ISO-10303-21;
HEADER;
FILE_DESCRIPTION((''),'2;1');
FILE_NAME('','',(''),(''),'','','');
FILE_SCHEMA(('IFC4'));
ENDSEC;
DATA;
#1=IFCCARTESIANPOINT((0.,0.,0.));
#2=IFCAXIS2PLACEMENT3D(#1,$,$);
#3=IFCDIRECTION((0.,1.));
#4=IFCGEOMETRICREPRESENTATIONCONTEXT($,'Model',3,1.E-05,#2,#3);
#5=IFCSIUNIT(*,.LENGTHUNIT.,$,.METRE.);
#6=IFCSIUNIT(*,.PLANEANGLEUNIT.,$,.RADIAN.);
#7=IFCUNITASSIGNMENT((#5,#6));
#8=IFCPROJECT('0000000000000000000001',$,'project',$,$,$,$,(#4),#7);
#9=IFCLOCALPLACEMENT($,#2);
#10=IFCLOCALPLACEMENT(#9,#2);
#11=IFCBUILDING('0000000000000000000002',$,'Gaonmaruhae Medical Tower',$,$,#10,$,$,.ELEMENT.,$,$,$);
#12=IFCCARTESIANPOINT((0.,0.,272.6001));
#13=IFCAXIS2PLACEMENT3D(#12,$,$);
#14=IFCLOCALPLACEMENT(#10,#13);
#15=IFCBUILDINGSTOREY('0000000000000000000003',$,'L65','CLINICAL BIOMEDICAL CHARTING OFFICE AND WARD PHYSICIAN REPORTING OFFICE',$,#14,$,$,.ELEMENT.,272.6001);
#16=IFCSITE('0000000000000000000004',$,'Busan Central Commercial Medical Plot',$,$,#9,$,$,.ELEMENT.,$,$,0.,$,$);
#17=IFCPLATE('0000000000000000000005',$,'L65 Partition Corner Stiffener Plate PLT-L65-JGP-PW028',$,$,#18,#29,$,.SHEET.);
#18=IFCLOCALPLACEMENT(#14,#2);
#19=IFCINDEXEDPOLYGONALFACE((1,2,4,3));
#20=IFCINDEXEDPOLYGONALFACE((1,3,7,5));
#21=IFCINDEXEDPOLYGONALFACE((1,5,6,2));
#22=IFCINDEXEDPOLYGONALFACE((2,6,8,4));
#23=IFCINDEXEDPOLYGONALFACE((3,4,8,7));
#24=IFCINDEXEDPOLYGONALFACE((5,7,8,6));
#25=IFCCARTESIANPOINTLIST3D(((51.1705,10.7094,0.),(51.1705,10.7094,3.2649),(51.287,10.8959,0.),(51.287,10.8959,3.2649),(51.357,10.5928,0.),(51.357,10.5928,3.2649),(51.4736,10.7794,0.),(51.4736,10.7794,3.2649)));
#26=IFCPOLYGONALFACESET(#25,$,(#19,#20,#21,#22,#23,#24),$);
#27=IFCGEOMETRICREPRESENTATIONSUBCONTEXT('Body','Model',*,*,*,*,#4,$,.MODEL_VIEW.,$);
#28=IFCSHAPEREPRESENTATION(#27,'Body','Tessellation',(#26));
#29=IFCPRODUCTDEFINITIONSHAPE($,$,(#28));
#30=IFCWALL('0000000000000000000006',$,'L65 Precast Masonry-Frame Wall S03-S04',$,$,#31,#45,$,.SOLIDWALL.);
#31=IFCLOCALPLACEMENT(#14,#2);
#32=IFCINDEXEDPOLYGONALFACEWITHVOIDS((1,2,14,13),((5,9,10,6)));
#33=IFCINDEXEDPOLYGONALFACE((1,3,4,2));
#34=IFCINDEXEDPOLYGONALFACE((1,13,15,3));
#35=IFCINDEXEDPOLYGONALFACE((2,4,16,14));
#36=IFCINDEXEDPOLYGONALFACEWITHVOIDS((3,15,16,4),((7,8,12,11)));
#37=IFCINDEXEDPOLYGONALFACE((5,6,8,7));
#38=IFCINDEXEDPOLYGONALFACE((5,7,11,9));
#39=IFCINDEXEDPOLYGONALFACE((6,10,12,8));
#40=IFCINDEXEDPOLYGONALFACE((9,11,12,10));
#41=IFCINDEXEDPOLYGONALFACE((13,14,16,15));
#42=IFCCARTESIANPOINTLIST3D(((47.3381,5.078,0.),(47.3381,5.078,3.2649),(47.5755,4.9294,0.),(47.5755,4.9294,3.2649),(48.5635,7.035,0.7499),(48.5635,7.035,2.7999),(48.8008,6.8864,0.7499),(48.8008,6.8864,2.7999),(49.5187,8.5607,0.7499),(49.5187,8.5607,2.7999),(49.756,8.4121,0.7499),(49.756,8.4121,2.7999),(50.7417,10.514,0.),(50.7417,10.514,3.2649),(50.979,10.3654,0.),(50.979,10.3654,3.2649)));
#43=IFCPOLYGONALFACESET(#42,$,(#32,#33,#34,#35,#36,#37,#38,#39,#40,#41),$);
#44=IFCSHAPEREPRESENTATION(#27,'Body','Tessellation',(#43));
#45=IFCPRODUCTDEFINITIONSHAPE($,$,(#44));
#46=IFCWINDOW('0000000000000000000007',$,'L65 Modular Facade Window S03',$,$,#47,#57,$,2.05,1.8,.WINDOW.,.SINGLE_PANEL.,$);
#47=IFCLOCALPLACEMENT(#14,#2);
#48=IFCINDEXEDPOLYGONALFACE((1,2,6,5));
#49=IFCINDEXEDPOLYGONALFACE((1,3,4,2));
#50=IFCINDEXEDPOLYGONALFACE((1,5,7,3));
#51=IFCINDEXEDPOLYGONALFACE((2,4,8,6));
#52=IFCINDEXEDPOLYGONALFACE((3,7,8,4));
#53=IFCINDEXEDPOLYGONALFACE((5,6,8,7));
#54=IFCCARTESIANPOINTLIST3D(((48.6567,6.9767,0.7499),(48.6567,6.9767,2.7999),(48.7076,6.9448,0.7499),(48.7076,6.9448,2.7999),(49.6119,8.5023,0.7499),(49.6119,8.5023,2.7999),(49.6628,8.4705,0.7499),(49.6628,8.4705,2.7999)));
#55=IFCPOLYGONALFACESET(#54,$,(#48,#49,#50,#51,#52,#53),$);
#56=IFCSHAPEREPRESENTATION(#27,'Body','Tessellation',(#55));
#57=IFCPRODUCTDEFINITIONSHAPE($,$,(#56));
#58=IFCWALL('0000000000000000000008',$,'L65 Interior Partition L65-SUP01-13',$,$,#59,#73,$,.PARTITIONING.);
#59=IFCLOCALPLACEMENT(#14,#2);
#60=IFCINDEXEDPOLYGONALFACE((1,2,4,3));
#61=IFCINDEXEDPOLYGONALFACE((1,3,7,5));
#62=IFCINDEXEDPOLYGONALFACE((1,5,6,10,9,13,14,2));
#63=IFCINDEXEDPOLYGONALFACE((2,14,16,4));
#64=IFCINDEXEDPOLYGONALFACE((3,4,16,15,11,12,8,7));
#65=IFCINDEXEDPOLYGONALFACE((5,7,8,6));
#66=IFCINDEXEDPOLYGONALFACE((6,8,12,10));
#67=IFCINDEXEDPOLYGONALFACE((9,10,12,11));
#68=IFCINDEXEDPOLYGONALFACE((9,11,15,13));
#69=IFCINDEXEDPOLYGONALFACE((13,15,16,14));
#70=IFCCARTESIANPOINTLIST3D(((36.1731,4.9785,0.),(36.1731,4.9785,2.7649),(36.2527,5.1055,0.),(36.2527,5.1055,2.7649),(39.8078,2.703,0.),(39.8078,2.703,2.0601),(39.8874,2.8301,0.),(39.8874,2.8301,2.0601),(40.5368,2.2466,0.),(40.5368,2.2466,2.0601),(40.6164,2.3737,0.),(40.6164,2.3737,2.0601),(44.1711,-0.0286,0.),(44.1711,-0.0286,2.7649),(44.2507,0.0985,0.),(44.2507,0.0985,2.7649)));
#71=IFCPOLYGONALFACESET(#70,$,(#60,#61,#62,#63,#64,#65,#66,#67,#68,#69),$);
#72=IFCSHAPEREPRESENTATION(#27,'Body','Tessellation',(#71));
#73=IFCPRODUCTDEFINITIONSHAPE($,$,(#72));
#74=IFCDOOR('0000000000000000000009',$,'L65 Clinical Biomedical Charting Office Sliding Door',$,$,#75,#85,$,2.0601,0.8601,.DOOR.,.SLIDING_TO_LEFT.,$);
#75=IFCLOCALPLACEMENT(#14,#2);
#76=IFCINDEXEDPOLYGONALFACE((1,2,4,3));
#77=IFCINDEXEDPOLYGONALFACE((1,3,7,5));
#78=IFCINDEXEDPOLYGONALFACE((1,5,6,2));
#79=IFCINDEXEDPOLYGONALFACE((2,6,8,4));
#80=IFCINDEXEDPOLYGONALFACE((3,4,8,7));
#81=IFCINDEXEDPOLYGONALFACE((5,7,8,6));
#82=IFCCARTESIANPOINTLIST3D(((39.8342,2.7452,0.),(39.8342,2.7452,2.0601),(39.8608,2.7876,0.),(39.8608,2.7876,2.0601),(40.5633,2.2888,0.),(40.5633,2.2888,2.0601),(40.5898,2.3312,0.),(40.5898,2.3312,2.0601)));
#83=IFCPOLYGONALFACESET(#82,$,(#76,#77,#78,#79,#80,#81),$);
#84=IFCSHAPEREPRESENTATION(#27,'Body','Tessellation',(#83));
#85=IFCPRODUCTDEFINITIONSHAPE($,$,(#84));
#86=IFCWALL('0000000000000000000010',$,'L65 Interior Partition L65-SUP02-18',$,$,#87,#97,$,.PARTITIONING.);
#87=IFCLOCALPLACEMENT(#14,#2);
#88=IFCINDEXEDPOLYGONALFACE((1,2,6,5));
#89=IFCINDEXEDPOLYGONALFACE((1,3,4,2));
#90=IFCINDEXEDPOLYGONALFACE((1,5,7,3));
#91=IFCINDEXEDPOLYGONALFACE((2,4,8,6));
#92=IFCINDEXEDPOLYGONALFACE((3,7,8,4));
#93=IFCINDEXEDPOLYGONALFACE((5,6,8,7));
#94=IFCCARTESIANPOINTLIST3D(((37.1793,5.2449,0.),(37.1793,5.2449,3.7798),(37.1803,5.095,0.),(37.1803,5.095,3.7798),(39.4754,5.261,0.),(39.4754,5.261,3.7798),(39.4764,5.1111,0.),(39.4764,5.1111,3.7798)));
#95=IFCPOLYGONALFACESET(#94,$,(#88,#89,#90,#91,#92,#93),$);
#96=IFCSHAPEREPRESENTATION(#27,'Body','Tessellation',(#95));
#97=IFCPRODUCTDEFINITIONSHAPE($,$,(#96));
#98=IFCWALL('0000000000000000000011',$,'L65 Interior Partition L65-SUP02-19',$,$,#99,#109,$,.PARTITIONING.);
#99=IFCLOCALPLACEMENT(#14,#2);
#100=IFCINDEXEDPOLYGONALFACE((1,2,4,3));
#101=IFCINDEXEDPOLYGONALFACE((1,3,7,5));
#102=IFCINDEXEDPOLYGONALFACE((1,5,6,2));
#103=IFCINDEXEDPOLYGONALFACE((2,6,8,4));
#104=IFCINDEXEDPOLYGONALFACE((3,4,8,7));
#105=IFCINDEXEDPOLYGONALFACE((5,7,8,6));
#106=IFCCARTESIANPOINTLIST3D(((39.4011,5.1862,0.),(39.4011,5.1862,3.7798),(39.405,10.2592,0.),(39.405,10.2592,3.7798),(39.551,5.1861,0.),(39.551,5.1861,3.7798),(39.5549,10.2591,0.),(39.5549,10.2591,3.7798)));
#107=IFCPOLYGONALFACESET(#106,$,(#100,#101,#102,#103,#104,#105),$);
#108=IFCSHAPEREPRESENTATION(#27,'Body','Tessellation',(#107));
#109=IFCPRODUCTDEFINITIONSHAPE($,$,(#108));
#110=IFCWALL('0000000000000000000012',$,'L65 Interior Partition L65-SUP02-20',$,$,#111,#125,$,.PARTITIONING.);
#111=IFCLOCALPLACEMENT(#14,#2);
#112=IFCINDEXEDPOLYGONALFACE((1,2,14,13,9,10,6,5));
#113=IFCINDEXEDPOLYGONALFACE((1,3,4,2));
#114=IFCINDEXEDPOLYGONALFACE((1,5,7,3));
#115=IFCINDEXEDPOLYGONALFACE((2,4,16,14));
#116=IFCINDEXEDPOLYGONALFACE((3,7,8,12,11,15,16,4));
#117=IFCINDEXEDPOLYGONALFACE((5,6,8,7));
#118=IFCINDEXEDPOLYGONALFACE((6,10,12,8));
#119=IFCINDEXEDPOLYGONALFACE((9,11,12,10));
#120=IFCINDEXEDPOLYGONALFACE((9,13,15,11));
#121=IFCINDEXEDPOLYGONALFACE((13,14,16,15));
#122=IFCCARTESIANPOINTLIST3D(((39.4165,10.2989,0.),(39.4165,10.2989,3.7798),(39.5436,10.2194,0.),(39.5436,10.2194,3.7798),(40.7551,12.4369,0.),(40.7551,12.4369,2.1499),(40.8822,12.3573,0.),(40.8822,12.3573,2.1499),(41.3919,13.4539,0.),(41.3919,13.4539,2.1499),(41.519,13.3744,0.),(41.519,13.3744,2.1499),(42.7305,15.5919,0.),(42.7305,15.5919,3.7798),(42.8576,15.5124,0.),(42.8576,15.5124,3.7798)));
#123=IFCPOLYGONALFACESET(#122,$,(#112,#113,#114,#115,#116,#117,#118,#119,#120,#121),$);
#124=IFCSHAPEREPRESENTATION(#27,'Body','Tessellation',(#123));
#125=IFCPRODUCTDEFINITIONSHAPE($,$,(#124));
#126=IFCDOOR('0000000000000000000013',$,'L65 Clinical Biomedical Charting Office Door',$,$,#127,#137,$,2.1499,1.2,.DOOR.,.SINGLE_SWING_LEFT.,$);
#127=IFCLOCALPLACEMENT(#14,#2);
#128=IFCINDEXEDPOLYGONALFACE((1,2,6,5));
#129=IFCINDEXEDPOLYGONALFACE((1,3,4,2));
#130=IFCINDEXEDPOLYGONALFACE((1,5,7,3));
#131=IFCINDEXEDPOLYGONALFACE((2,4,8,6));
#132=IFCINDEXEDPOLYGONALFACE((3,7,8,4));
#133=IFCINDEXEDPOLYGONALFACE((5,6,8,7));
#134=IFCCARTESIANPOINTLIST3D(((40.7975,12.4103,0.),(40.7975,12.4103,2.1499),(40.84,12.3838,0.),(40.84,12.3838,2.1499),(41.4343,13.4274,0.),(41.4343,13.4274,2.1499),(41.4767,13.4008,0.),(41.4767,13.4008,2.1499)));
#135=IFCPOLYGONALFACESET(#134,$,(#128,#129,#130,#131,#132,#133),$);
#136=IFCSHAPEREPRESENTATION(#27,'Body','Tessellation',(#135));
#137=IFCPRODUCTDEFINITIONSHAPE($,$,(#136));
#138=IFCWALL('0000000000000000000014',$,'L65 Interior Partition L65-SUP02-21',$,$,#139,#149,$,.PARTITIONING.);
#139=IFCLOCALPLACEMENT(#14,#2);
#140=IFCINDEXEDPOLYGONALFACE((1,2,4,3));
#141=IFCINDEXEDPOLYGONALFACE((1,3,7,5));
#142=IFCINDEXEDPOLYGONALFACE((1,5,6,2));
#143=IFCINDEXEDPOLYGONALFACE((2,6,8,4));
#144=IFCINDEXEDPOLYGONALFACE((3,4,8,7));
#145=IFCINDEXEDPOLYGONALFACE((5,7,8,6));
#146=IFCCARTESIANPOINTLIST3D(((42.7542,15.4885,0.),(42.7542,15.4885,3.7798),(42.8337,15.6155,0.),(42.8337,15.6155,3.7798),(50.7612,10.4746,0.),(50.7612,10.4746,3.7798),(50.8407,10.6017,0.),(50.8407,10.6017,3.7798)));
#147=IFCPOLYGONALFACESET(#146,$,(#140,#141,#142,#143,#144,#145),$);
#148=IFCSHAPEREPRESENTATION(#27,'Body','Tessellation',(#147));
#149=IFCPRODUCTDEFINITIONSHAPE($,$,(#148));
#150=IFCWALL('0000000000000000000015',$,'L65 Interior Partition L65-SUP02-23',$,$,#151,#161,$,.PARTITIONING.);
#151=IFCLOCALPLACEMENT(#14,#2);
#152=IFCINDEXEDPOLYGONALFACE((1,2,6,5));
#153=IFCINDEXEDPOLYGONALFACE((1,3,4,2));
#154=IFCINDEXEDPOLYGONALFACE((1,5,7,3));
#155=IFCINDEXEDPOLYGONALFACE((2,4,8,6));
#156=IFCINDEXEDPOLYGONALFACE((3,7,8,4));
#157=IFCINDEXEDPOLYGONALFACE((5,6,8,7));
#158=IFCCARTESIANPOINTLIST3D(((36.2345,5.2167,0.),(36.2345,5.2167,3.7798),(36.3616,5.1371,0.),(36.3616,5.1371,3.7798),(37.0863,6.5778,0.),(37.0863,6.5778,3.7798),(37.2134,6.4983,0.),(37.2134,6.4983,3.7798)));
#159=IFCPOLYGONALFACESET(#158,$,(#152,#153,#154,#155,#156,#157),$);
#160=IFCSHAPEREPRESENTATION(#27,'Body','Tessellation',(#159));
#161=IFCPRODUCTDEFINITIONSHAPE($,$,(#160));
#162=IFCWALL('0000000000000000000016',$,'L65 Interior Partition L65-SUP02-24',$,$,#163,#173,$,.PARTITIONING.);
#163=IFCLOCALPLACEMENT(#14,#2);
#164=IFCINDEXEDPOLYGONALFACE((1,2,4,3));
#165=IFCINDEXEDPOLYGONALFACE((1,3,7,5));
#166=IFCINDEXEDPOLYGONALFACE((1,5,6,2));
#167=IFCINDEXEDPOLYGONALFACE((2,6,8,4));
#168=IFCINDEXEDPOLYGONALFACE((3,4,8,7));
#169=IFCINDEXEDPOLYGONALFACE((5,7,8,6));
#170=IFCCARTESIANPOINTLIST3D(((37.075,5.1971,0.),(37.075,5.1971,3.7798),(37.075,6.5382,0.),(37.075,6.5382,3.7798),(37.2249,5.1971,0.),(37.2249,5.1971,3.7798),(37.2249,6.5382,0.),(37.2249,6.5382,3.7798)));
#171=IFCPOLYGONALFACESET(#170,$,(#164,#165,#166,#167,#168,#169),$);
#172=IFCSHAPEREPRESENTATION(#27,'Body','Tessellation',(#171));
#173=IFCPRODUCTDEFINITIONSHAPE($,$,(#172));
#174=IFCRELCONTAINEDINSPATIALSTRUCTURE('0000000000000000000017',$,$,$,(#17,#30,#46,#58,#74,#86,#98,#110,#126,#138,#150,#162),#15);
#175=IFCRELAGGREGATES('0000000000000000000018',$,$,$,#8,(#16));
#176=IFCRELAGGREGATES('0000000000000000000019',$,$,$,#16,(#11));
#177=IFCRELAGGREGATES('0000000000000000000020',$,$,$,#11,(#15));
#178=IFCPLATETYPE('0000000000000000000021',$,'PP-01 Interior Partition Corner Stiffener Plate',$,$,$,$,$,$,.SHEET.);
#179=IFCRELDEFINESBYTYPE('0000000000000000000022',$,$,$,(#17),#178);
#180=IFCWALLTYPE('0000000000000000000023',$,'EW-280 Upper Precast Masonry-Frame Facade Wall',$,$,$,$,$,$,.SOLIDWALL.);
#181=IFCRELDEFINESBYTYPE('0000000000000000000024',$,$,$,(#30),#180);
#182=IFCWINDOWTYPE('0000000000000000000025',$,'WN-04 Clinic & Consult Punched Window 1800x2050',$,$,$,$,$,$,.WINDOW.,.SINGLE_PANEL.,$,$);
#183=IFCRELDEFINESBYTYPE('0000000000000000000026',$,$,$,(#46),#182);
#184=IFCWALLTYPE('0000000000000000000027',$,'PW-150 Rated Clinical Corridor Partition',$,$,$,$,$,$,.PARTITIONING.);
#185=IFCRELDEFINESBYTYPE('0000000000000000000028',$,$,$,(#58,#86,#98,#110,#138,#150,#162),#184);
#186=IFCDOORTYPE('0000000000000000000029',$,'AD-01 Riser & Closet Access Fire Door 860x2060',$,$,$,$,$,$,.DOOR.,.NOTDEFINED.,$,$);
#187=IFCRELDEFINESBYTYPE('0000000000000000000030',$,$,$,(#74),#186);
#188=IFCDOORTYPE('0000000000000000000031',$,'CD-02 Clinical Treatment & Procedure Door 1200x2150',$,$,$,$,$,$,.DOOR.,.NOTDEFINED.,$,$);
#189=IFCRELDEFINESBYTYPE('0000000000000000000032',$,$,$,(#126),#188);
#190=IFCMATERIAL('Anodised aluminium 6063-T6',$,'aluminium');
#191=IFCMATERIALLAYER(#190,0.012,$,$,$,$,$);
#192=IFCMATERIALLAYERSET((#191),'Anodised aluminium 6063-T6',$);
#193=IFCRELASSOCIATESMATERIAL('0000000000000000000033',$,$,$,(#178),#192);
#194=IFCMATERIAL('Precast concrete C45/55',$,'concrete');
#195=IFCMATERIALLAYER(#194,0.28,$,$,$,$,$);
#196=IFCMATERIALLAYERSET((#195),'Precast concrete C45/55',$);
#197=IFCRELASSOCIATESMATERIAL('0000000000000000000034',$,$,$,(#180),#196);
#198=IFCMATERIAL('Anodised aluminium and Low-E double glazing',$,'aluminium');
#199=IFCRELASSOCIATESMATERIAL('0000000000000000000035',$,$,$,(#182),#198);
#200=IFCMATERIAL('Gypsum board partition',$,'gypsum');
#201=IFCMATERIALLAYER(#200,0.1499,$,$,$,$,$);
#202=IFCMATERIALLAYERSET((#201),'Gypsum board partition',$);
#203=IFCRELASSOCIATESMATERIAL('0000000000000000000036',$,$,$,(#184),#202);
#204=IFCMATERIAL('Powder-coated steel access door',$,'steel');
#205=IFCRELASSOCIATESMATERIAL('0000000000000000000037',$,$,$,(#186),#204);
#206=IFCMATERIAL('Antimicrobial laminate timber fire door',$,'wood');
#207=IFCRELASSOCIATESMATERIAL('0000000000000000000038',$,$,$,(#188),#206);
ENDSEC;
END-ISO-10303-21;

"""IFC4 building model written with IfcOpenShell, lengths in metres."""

from ifc_helpers import new_model, si_unit, direction, frame, frame_2d, origin, origin_2d, place, context, subcontext, project, spatial, rectangle, extrude, material, layer, layer_set, type_object, element, fill, save


model = new_model("IFC4")

# Units and contexts
model_context = context("Model", 3, precision=1e-05, world=origin(), true_north=direction((0.0, 1.0)))
body_context = subcontext(model_context, "Body", "Model", "MODEL_VIEW")
ifc_project = project(units=[si_unit("LENGTHUNIT", "METRE"), si_unit("PLANEANGLEUNIT", "RADIAN")], contexts=[model_context])

# Site, building, storey
site_placement = place(None, origin())
site = spatial("IfcSite", under=ifc_project, at=site_placement, Name="Busan Central Commercial Medical Plot", CompositionType="ELEMENT", RefElevation=0.0)
building_placement = place(site_placement, origin())
building = spatial("IfcBuilding", under=site, at=building_placement, Name="Gaonmaruhae Medical Tower", CompositionType="ELEMENT")
storey_placement = place(building_placement, frame((0.0, 0.0, 272.6001)))
storey = spatial("IfcBuildingStorey", under=building, at=storey_placement, Name="L65", Description="CLINICAL BIOMEDICAL CHARTING OFFICE AND WARD PHYSICIAN REPORTING OFFICE", CompositionType="ELEMENT", Elevation=272.6001)

# Plate
ifc_material_1 = material(Name="Anodised aluminium 6063-T6", Category="aluminium")
ifc_layer_1 = layer(ifc_material_1, 0.012)
ifc_layer_set_1 = layer_set([ifc_layer_1], Name="Anodised aluminium 6063-T6")
plate_type = type_object("IfcPlateType", Name="PP-01 Interior Partition Corner Stiffener Plate", PredefinedType="SHEET", material=ifc_layer_set_1)
plate_placement = place(storey_placement, frame((51.322, 10.7444, 0.0), z_axis=(0.0, 0.0, 1.0), x_axis=(-0.529845, -0.848094, 0.0)))
element("IfcPlate", 1, at=plate_placement, inside=storey, type_object=plate_type, Name="L65 Partition Corner Stiffener Plate PLT-L65-JGP-PW028", PredefinedType="SHEET", context=body_context, shape_type="SweptSolid", body=[
    extrude(rectangle(XDim=0.22, YDim=0.22, at=origin_2d()), origin(), (0.0, 0.0, 1.0), 3.2649),
])

# Wall, opening, window
ifc_material_2 = material(Name="Precast concrete C45/55", Category="concrete")
ifc_layer_2 = layer(ifc_material_2, 0.28)
ifc_layer_set_2 = layer_set([ifc_layer_2], Name="Precast concrete C45/55")
wall_type_1 = type_object("IfcWallType", Name="EW-280 Upper Precast Masonry-Frame Facade Wall", PredefinedType="SOLIDWALL", material=ifc_layer_set_2)
wall_1_placement = place(storey_placement, frame((50.8604, 10.4397, 0.0), z_axis=(0.0, 0.0, 1.0), x_axis=(-0.530676, -0.847575, 0.0)))
wall_1 = element("IfcWall", 2, at=wall_1_placement, inside=storey, type_object=wall_type_1, Name="L65 Precast Masonry-Frame Wall S03-S04", PredefinedType="SOLIDWALL", context=body_context, shape_type="SweptSolid", body=[
    extrude(rectangle(XDim=6.4136, YDim=0.28, at=frame_2d((3.2068, 0.0))), origin(), (0.0, 0.0, 1.0), 3.2649),
])
opening_1_placement = place(wall_1_placement, frame((2.3047, 0.0, 0.75)))
opening_1 = element("IfcOpeningElement", 3, at=opening_1_placement, cuts=wall_1, PredefinedType="OPENING", context=body_context, shape_type="SweptSolid", body=[
    extrude(rectangle(XDim=1.8, YDim=2.05, at=frame_2d((0.8999, 1.0249))), frame((0.0, 0.1499, 0.0), z_axis=(0.0, -1.0, 0.0), x_axis=(1.0, 0.0, 0.0)), (0.0, 0.0, 1.0), 0.3),
])
ifc_material_3 = material(Name="Anodised aluminium and Low-E double glazing", Category="aluminium")
window_type = type_object("IfcWindowType", Name="WN-04 Clinic & Consult Punched Window 1800x2050", PartitioningType="SINGLE_PANEL", PredefinedType="WINDOW", material=ifc_material_3)
window_placement = place(opening_1_placement, origin())
window = element("IfcWindow", 4, at=window_placement, inside=storey, type_object=window_type, Name="L65 Modular Facade Window S03", OverallHeight=2.05, OverallWidth=1.8, PartitioningType="SINGLE_PANEL", PredefinedType="WINDOW", context=body_context, shape_type="SweptSolid", body=[
    extrude(rectangle(XDim=1.8, YDim=2.05, at=frame_2d((0.8999, 1.0249))), frame((0.0, 0.03, 0.0), z_axis=(0.0, -1.0, 0.0), x_axis=(1.0, 0.0, 0.0)), (0.0, 0.0, 1.0), 0.0601),
])
fill(opening_1, window)

# Wall, opening, door
ifc_material_4 = material(Name="Gypsum board partition", Category="gypsum")
ifc_layer_3 = layer(ifc_material_4, 0.1499)
ifc_layer_set_3 = layer_set([ifc_layer_3], Name="Gypsum board partition")
wall_type_2 = type_object("IfcWallType", Name="PW-150 Rated Clinical Corridor Partition", PredefinedType="PARTITIONING", material=ifc_layer_set_3)
wall_2_placement = place(storey_placement, frame((36.2129, 5.042, 0.0), z_axis=(0.0, 0.0, 1.0), x_axis=(0.847603, -0.530631, 0.0)))
wall_2 = element("IfcWall", 5, at=wall_2_placement, inside=storey, type_object=wall_type_2, Name="L65 Interior Partition L65-SUP01-13", PredefinedType="PARTITIONING", context=body_context, shape_type="SweptSolid", body=[
    extrude(rectangle(XDim=9.436, YDim=0.1499, at=frame_2d((4.718, 0.0))), origin(), (0.0, 0.0, 1.0), 2.7649),
])
opening_2_placement = place(wall_2_placement, frame((4.2881, 0.0, 0.0)))
opening_2 = element("IfcOpeningElement", 6, at=opening_2_placement, cuts=wall_2, PredefinedType="OPENING", context=body_context, shape_type="SweptSolid", body=[
    extrude(rectangle(XDim=0.8601, YDim=2.0601, at=frame_2d((0.4302, 1.03))), frame((0.0, 0.085, 0.0), z_axis=(0.0, -1.0, 0.0), x_axis=(1.0, 0.0, 0.0)), (0.0, 0.0, 1.0), 0.1699),
])
ifc_material_5 = material(Name="Powder-coated steel access door", Category="steel")
door_type_1 = type_object("IfcDoorType", Name="AD-01 Riser & Closet Access Fire Door 860x2060", OperationType="NOTDEFINED", PredefinedType="DOOR", material=ifc_material_5)
door_1_placement = place(opening_2_placement, origin())
door_1 = element("IfcDoor", 7, at=door_1_placement, inside=storey, type_object=door_type_1, Name="L65 Clinical Biomedical Charting Office Sliding Door", OperationType="SLIDING_TO_LEFT", OverallHeight=2.0601, OverallWidth=0.8601, PredefinedType="DOOR", context=body_context, shape_type="SweptSolid", body=[
    extrude(rectangle(XDim=0.8601, YDim=2.0601, at=frame_2d((0.4302, 1.03))), frame((0.0, 0.0249, 0.0), z_axis=(0.0, -1.0, 0.0), x_axis=(1.0, 0.0, 0.0)), (0.0, 0.0, 1.0), 0.05),
])
fill(opening_2, door_1)

# Walls
wall_3_placement = place(storey_placement, frame((37.1799, 5.1699, 0.0), z_axis=(0.0, 0.0, 1.0), x_axis=(0.999975, 0.007017, 0.0)))
element("IfcWall", 8, at=wall_3_placement, inside=storey, type_object=wall_type_2, Name="L65 Interior Partition L65-SUP02-18", PredefinedType="PARTITIONING", context=body_context, shape_type="SweptSolid", body=[
    extrude(rectangle(XDim=2.2961, YDim=0.1499, at=frame_2d((1.1479, 0.0))), origin(), (0.0, 0.0, 1.0), 3.7798),
])
wall_4_placement = place(storey_placement, frame((39.4761, 5.186, 0.0), z_axis=(0.0, 0.0, 1.0), x_axis=(0.00077, 1.0, 0.0)))
element("IfcWall", 9, at=wall_4_placement, inside=storey, type_object=wall_type_2, Name="L65 Interior Partition L65-SUP02-19", PredefinedType="PARTITIONING", context=body_context, shape_type="SweptSolid", body=[
    extrude(rectangle(XDim=5.073, YDim=0.1499, at=frame_2d((2.5366, 0.0))), origin(), (0.0, 0.0, 1.0), 3.7798),
])

# Wall, opening, door
wall_5_placement = place(storey_placement, frame((39.48, 10.259, 0.0), z_axis=(0.0, 0.0, 1.0), x_axis=(0.530673, 0.847576, 0.0)))
wall_5 = element("IfcWall", 10, at=wall_5_placement, inside=storey, type_object=wall_type_2, Name="L65 Interior Partition L65-SUP02-20", PredefinedType="PARTITIONING", context=body_context, shape_type="SweptSolid", body=[
    extrude(rectangle(XDim=6.2449, YDim=0.1499, at=frame_2d((3.1226, 0.0))), origin(), (0.0, 0.0, 1.0), 3.7798),
])
opening_3_placement = place(wall_5_placement, frame((2.5225, 0.0, 0.0)))
opening_3 = element("IfcOpeningElement", 11, at=opening_3_placement, cuts=wall_5, PredefinedType="OPENING", context=body_context, shape_type="SweptSolid", body=[
    extrude(rectangle(XDim=1.2, YDim=2.1499, at=frame_2d((0.6001, 1.075))), frame((0.0, 0.085, 0.0), z_axis=(0.0, -1.0, 0.0), x_axis=(1.0, 0.0, 0.0)), (0.0, 0.0, 1.0), 0.1699),
])
ifc_material_6 = material(Name="Antimicrobial laminate timber fire door", Category="wood")
door_type_2 = type_object("IfcDoorType", Name="CD-02 Clinical Treatment & Procedure Door 1200x2150", OperationType="NOTDEFINED", PredefinedType="DOOR", material=ifc_material_6)
door_2_placement = place(opening_3_placement, origin())
door_2 = element("IfcDoor", 12, at=door_2_placement, inside=storey, type_object=door_type_2, Name="L65 Clinical Biomedical Charting Office Door", OperationType="SINGLE_SWING_LEFT", OverallHeight=2.1499, OverallWidth=1.2, PredefinedType="DOOR", context=body_context, shape_type="SweptSolid", body=[
    extrude(rectangle(XDim=1.2, YDim=2.1499, at=frame_2d((0.6001, 1.075))), frame((0.0, 0.0249, 0.0), z_axis=(0.0, -1.0, 0.0), x_axis=(1.0, 0.0, 0.0)), (0.0, 0.0, 1.0), 0.05),
])
fill(opening_3, door_2)

# Walls
wall_6_placement = place(storey_placement, frame((42.7939, 15.552, 0.0), z_axis=(0.0, 0.0, 1.0), x_axis=(0.847546, -0.530721, 0.0)))
element("IfcWall", 13, at=wall_6_placement, inside=storey, type_object=wall_type_2, Name="L65 Interior Partition L65-SUP02-21", PredefinedType="PARTITIONING", context=body_context, shape_type="SweptSolid", body=[
    extrude(rectangle(XDim=9.4473, YDim=0.1499, at=frame_2d((4.7236, 0.0))), origin(), (0.0, 0.0, 1.0), 3.7798),
])
wall_7_placement = place(storey_placement, frame((36.2981, 5.177, 0.0), z_axis=(0.0, 0.0, 1.0), x_axis=(0.530505, 0.847682, 0.0)))
element("IfcWall", 14, at=wall_7_placement, inside=storey, type_object=wall_type_2, Name="L65 Interior Partition L65-SUP02-23", PredefinedType="PARTITIONING", context=body_context, shape_type="SweptSolid", body=[
    extrude(rectangle(XDim=1.6057, YDim=0.1499, at=frame_2d((0.8027, 0.0))), origin(), (0.0, 0.0, 1.0), 3.7798),
])
wall_8_placement = place(storey_placement, frame((37.1499, 6.5381, 0.0), z_axis=(0.0, 0.0, 1.0), x_axis=(0.0, -1.0, 0.0)))
element("IfcWall", 15, at=wall_8_placement, inside=storey, type_object=wall_type_2, Name="L65 Interior Partition L65-SUP02-24", PredefinedType="PARTITIONING", context=body_context, shape_type="SweptSolid", body=[
    extrude(rectangle(XDim=1.3411, YDim=0.1499, at=frame_2d((0.6704, 0.0))), origin(), (0.0, 0.0, 1.0), 3.7798),
])

save(model, "model.ifc")
